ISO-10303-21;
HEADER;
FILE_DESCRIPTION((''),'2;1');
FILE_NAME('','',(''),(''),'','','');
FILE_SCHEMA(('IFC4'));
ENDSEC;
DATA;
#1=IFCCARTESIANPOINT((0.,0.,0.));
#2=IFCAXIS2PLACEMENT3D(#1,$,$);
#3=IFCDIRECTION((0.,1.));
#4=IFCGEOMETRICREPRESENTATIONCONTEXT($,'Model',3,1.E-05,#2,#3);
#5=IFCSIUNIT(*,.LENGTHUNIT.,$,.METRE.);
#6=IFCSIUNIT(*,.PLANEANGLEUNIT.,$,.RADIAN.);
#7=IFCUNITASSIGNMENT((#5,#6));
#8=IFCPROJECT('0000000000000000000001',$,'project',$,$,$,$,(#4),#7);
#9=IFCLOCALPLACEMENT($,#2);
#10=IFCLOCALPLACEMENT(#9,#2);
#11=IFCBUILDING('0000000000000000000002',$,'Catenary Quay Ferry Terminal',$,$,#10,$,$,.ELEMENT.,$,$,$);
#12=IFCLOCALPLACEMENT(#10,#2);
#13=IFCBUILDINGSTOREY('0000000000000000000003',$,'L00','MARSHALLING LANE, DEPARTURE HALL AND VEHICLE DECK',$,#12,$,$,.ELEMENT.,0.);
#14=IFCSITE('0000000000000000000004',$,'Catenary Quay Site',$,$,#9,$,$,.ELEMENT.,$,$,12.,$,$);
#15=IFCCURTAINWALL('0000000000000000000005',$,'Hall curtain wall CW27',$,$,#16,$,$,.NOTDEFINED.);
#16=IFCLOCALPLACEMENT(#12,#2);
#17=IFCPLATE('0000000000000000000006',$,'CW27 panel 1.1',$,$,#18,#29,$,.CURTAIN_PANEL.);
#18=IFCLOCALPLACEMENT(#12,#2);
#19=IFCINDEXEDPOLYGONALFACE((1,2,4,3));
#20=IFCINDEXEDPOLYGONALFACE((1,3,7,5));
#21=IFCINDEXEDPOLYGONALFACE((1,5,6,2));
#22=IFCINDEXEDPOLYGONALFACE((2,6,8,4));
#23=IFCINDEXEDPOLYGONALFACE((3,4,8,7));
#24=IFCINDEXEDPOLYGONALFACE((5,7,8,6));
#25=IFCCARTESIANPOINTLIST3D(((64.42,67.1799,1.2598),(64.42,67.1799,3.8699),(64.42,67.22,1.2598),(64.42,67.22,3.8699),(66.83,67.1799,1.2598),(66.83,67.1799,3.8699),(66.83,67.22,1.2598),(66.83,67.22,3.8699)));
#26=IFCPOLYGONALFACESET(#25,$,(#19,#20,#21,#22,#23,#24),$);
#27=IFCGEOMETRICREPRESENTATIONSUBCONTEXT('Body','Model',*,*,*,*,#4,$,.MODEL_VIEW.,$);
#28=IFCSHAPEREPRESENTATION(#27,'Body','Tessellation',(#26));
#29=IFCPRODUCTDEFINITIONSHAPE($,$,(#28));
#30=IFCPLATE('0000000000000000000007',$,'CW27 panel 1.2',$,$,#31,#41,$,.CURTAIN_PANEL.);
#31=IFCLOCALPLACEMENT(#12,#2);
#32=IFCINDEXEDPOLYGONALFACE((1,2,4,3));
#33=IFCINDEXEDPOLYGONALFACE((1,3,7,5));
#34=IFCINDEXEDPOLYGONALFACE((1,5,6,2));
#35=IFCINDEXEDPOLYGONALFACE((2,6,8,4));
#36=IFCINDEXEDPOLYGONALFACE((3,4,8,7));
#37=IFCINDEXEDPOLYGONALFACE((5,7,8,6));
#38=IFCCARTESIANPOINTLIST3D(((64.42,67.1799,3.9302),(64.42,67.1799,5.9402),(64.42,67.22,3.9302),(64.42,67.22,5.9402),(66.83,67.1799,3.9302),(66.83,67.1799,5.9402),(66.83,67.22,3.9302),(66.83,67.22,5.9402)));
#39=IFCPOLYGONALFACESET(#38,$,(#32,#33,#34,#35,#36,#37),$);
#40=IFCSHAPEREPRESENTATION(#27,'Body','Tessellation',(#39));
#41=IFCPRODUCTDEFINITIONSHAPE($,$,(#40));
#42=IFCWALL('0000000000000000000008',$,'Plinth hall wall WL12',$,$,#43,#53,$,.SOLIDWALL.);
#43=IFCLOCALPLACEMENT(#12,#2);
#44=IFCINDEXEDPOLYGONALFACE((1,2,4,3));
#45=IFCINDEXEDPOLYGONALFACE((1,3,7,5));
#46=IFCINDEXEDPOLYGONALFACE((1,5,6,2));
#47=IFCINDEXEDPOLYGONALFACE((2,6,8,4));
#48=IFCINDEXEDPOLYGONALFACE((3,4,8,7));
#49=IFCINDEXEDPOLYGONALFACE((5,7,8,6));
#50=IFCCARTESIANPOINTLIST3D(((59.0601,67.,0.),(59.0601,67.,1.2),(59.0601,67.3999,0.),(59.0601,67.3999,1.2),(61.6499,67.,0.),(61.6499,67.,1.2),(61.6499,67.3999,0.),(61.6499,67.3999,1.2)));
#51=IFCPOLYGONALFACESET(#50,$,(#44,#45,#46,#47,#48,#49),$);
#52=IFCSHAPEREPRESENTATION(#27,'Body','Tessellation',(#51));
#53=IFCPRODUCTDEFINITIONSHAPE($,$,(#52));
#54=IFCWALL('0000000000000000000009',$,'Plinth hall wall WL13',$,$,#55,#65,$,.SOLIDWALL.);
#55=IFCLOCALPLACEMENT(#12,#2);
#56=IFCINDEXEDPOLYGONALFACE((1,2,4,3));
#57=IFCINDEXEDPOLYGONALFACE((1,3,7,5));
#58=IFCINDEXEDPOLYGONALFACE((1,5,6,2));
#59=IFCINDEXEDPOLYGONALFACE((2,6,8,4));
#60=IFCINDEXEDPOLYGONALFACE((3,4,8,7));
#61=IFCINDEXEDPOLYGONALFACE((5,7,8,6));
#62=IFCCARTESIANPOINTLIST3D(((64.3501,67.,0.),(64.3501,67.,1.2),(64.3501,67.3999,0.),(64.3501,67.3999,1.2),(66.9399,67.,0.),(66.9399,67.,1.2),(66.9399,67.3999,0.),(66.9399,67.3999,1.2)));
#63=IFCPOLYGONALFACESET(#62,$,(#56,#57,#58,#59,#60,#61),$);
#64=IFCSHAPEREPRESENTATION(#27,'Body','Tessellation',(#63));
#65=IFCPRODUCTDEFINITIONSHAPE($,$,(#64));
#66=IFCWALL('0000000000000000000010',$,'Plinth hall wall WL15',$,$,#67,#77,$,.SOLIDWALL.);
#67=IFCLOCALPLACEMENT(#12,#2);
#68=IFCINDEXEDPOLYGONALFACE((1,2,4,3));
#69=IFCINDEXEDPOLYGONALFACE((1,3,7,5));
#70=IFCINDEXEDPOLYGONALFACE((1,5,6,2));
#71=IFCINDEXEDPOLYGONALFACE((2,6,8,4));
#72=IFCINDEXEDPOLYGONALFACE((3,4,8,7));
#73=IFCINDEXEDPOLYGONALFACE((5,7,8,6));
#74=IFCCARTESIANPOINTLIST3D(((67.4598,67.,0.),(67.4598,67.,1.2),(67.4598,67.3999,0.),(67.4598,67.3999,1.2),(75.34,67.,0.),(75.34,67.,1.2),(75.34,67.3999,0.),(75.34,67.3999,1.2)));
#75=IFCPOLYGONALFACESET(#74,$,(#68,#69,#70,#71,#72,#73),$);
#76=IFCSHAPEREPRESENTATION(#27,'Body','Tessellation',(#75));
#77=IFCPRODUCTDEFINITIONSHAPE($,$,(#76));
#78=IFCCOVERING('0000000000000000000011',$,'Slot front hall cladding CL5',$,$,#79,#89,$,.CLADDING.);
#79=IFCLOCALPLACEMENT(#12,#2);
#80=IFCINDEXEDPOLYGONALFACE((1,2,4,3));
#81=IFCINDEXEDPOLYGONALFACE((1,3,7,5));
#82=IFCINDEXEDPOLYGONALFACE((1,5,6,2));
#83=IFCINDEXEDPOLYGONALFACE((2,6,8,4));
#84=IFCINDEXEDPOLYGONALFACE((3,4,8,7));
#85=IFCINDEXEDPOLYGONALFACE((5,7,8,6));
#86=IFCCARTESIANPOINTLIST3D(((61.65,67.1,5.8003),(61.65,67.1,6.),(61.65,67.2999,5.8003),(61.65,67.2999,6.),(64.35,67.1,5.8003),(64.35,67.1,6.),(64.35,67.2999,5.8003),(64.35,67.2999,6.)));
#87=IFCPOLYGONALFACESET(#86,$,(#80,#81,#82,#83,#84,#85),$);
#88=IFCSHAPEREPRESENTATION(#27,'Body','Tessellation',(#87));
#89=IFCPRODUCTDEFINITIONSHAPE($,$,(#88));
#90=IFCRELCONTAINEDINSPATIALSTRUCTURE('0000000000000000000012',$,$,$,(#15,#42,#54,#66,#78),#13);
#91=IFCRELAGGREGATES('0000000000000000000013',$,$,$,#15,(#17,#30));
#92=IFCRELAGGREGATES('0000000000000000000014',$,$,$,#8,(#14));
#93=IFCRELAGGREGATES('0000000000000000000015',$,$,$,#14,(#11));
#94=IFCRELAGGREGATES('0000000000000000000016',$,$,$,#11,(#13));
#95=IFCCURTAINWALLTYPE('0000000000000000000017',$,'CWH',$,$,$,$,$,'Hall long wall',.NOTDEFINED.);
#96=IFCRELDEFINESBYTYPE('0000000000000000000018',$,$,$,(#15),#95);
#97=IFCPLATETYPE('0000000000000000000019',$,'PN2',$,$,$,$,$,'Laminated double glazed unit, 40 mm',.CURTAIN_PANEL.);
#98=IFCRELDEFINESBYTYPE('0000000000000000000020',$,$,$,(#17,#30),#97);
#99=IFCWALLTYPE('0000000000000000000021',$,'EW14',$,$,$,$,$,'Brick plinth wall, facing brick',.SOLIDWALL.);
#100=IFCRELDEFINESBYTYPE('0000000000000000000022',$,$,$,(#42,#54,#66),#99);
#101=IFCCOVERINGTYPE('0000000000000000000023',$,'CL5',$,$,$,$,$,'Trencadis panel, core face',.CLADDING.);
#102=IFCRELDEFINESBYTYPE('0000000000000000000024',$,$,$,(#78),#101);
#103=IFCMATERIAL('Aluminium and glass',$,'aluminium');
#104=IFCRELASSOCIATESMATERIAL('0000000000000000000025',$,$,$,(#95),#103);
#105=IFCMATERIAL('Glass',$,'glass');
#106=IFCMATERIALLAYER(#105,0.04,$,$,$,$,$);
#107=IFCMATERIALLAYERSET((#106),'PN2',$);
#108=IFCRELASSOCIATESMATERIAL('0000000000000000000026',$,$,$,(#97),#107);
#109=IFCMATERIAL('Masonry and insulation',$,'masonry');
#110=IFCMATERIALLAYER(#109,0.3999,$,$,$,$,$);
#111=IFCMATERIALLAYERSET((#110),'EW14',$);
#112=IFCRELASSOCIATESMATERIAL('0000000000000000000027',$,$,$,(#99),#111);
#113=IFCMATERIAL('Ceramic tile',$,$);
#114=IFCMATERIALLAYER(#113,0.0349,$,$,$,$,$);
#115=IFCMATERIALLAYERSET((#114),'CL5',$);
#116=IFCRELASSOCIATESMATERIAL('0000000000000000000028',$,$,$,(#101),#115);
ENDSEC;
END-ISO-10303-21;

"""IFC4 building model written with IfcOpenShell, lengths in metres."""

from ifc_helpers import new_model, si_unit, direction, frame, frame_2d, origin, origin_2d, place, context, subcontext, project, spatial, rectangle, extrude, material, layer, layer_set, type_object, element, aggregate, save


model = new_model("IFC4")

# Units and contexts
model_context = context("Model", 3, precision=1e-05, world=origin(), true_north=direction((0.0, 1.0)))
body_context = subcontext(model_context, "Body", "Model", "MODEL_VIEW")
ifc_project = project(units=[si_unit("LENGTHUNIT", "METRE"), si_unit("PLANEANGLEUNIT", "RADIAN")], contexts=[model_context])

# Site, building, storey
site_placement = place(None, origin())
site = spatial("IfcSite", under=ifc_project, at=site_placement, Name="Catenary Quay Site", CompositionType="ELEMENT", RefElevation=12.0)
building_placement = place(site_placement, origin())
building = spatial("IfcBuilding", under=site, at=building_placement, Name="Catenary Quay Ferry Terminal", CompositionType="ELEMENT")
storey_placement = place(building_placement, origin())
storey = spatial("IfcBuildingStorey", under=building, at=storey_placement, Name="L00", Description="MARSHALLING LANE, DEPARTURE HALL AND VEHICLE DECK", CompositionType="ELEMENT", Elevation=0.0)

# Curtain wall
ifc_material_1 = material(Name="Aluminium and glass", Category="aluminium")
curtain_wall_type = type_object("IfcCurtainWallType", Name="CWH", ElementType="Hall long wall", PredefinedType="NOTDEFINED", material=ifc_material_1)
curtain_wall_1_placement = place(storey_placement, origin())
curtain_wall_1 = element("IfcCurtainWall", 1, at=curtain_wall_1_placement, inside=storey, type_object=curtain_wall_type, Name="Hall curtain wall CW27", PredefinedType="NOTDEFINED")

# Plates
ifc_material_2 = material(Name="Glass", Category="glass")
ifc_layer_1 = layer(ifc_material_2, 0.04)
ifc_layer_set_1 = layer_set([ifc_layer_1], Name="PN2")
plate_type = type_object("IfcPlateType", Name="PN2", ElementType="Laminated double glazed unit, 40 mm", PredefinedType="CURTAIN_PANEL", material=ifc_layer_set_1)
plate_1_placement = place(storey_placement, frame((65.625, 67.2, 1.2598), z_axis=(0.0, 0.0, 1.0), x_axis=(1.0, 0.0, 0.0)))
plate_1 = element("IfcPlate", 2, at=plate_1_placement, type_object=plate_type, Name="CW27 panel 1.1", PredefinedType="CURTAIN_PANEL", context=body_context, shape_type="SweptSolid", body=[
    extrude(rectangle(XDim=2.4099, YDim=0.04, at=origin_2d()), origin(), (0.0, 0.0, 1.0), 2.6101),
])
plate_2_placement = place(storey_placement, frame((65.625, 67.2, 3.9302), z_axis=(0.0, 0.0, 1.0), x_axis=(1.0, 0.0, 0.0)))
plate_2 = element("IfcPlate", 3, at=plate_2_placement, type_object=plate_type, Name="CW27 panel 1.2", PredefinedType="CURTAIN_PANEL", context=body_context, shape_type="SweptSolid", body=[
    extrude(rectangle(XDim=2.4099, YDim=0.04, at=origin_2d()), origin(), (0.0, 0.0, 1.0), 2.01),
])
aggregate(curtain_wall_1, [plate_1, plate_2])

# Walls
ifc_material_3 = material(Name="Masonry and insulation", Category="masonry")
ifc_layer_2 = layer(ifc_material_3, 0.3999)
ifc_layer_set_2 = layer_set([ifc_layer_2], Name="EW14")
wall_type_1 = type_object("IfcWallType", Name="EW14", ElementType="Brick plinth wall, facing brick", PredefinedType="SOLIDWALL", material=ifc_layer_set_2)
for number, where, z_axis, x_axis, name in (
    (4, (59.0601, 67.2, 0.0), (0.0, 0.0, 1.0), (1.0, 0.0, 0.0), "Plinth hall wall WL12"),
    (5, (64.3501, 67.2, 0.0), (0.0, 0.0, 1.0), (1.0, 0.0, 0.0), "Plinth hall wall WL13"),
):
    element("IfcWall", number, at=place(storey_placement, frame(where, z_axis=z_axis, x_axis=x_axis)), inside=storey, type_object=wall_type_1, Name=name, PredefinedType="SOLIDWALL", context=body_context, shape_type="SweptSolid", body=[
        extrude(rectangle(XDim=2.5898, YDim=0.3999, at=frame_2d((1.2949, 0.0))), origin(), (0.0, 0.0, 1.0), 1.2),
    ])
wall_1_placement = place(storey_placement, frame((67.46, 67.2, 0.0), z_axis=(0.0, 0.0, 1.0), x_axis=(1.0, 0.0, 0.0)))
element("IfcWall", 6, at=wall_1_placement, inside=storey, type_object=wall_type_1, Name="Plinth hall wall WL15", PredefinedType="SOLIDWALL", context=body_context, shape_type="SweptSolid", body=[
    extrude(rectangle(XDim=7.8801, YDim=0.3999, at=frame_2d((3.9399, 0.0))), origin(), (0.0, 0.0, 1.0), 1.2),
])

# Covering
ifc_material_4 = material(Name="Ceramic tile")
ifc_layer_3 = layer(ifc_material_4, 0.0349)
ifc_layer_set_3 = layer_set([ifc_layer_3], Name="CL5")
covering_type = type_object("IfcCoveringType", Name="CL5", ElementType="Trencadis panel, core face", PredefinedType="CLADDING", material=ifc_layer_set_3)
covering_placement = place(storey_placement, frame((63.0, 67.2, 5.8003), z_axis=(0.0, 0.0, 1.0), x_axis=(1.0, 0.0, 0.0)))
element("IfcCovering", 7, at=covering_placement, inside=storey, type_object=covering_type, Name="Slot front hall cladding CL5", PredefinedType="CLADDING", context=body_context, shape_type="SweptSolid", body=[
    extrude(rectangle(XDim=2.7, YDim=0.2, at=origin_2d()), origin(), (0.0, 0.0, 1.0), 0.1997),
])

save(model, "model.ifc")
